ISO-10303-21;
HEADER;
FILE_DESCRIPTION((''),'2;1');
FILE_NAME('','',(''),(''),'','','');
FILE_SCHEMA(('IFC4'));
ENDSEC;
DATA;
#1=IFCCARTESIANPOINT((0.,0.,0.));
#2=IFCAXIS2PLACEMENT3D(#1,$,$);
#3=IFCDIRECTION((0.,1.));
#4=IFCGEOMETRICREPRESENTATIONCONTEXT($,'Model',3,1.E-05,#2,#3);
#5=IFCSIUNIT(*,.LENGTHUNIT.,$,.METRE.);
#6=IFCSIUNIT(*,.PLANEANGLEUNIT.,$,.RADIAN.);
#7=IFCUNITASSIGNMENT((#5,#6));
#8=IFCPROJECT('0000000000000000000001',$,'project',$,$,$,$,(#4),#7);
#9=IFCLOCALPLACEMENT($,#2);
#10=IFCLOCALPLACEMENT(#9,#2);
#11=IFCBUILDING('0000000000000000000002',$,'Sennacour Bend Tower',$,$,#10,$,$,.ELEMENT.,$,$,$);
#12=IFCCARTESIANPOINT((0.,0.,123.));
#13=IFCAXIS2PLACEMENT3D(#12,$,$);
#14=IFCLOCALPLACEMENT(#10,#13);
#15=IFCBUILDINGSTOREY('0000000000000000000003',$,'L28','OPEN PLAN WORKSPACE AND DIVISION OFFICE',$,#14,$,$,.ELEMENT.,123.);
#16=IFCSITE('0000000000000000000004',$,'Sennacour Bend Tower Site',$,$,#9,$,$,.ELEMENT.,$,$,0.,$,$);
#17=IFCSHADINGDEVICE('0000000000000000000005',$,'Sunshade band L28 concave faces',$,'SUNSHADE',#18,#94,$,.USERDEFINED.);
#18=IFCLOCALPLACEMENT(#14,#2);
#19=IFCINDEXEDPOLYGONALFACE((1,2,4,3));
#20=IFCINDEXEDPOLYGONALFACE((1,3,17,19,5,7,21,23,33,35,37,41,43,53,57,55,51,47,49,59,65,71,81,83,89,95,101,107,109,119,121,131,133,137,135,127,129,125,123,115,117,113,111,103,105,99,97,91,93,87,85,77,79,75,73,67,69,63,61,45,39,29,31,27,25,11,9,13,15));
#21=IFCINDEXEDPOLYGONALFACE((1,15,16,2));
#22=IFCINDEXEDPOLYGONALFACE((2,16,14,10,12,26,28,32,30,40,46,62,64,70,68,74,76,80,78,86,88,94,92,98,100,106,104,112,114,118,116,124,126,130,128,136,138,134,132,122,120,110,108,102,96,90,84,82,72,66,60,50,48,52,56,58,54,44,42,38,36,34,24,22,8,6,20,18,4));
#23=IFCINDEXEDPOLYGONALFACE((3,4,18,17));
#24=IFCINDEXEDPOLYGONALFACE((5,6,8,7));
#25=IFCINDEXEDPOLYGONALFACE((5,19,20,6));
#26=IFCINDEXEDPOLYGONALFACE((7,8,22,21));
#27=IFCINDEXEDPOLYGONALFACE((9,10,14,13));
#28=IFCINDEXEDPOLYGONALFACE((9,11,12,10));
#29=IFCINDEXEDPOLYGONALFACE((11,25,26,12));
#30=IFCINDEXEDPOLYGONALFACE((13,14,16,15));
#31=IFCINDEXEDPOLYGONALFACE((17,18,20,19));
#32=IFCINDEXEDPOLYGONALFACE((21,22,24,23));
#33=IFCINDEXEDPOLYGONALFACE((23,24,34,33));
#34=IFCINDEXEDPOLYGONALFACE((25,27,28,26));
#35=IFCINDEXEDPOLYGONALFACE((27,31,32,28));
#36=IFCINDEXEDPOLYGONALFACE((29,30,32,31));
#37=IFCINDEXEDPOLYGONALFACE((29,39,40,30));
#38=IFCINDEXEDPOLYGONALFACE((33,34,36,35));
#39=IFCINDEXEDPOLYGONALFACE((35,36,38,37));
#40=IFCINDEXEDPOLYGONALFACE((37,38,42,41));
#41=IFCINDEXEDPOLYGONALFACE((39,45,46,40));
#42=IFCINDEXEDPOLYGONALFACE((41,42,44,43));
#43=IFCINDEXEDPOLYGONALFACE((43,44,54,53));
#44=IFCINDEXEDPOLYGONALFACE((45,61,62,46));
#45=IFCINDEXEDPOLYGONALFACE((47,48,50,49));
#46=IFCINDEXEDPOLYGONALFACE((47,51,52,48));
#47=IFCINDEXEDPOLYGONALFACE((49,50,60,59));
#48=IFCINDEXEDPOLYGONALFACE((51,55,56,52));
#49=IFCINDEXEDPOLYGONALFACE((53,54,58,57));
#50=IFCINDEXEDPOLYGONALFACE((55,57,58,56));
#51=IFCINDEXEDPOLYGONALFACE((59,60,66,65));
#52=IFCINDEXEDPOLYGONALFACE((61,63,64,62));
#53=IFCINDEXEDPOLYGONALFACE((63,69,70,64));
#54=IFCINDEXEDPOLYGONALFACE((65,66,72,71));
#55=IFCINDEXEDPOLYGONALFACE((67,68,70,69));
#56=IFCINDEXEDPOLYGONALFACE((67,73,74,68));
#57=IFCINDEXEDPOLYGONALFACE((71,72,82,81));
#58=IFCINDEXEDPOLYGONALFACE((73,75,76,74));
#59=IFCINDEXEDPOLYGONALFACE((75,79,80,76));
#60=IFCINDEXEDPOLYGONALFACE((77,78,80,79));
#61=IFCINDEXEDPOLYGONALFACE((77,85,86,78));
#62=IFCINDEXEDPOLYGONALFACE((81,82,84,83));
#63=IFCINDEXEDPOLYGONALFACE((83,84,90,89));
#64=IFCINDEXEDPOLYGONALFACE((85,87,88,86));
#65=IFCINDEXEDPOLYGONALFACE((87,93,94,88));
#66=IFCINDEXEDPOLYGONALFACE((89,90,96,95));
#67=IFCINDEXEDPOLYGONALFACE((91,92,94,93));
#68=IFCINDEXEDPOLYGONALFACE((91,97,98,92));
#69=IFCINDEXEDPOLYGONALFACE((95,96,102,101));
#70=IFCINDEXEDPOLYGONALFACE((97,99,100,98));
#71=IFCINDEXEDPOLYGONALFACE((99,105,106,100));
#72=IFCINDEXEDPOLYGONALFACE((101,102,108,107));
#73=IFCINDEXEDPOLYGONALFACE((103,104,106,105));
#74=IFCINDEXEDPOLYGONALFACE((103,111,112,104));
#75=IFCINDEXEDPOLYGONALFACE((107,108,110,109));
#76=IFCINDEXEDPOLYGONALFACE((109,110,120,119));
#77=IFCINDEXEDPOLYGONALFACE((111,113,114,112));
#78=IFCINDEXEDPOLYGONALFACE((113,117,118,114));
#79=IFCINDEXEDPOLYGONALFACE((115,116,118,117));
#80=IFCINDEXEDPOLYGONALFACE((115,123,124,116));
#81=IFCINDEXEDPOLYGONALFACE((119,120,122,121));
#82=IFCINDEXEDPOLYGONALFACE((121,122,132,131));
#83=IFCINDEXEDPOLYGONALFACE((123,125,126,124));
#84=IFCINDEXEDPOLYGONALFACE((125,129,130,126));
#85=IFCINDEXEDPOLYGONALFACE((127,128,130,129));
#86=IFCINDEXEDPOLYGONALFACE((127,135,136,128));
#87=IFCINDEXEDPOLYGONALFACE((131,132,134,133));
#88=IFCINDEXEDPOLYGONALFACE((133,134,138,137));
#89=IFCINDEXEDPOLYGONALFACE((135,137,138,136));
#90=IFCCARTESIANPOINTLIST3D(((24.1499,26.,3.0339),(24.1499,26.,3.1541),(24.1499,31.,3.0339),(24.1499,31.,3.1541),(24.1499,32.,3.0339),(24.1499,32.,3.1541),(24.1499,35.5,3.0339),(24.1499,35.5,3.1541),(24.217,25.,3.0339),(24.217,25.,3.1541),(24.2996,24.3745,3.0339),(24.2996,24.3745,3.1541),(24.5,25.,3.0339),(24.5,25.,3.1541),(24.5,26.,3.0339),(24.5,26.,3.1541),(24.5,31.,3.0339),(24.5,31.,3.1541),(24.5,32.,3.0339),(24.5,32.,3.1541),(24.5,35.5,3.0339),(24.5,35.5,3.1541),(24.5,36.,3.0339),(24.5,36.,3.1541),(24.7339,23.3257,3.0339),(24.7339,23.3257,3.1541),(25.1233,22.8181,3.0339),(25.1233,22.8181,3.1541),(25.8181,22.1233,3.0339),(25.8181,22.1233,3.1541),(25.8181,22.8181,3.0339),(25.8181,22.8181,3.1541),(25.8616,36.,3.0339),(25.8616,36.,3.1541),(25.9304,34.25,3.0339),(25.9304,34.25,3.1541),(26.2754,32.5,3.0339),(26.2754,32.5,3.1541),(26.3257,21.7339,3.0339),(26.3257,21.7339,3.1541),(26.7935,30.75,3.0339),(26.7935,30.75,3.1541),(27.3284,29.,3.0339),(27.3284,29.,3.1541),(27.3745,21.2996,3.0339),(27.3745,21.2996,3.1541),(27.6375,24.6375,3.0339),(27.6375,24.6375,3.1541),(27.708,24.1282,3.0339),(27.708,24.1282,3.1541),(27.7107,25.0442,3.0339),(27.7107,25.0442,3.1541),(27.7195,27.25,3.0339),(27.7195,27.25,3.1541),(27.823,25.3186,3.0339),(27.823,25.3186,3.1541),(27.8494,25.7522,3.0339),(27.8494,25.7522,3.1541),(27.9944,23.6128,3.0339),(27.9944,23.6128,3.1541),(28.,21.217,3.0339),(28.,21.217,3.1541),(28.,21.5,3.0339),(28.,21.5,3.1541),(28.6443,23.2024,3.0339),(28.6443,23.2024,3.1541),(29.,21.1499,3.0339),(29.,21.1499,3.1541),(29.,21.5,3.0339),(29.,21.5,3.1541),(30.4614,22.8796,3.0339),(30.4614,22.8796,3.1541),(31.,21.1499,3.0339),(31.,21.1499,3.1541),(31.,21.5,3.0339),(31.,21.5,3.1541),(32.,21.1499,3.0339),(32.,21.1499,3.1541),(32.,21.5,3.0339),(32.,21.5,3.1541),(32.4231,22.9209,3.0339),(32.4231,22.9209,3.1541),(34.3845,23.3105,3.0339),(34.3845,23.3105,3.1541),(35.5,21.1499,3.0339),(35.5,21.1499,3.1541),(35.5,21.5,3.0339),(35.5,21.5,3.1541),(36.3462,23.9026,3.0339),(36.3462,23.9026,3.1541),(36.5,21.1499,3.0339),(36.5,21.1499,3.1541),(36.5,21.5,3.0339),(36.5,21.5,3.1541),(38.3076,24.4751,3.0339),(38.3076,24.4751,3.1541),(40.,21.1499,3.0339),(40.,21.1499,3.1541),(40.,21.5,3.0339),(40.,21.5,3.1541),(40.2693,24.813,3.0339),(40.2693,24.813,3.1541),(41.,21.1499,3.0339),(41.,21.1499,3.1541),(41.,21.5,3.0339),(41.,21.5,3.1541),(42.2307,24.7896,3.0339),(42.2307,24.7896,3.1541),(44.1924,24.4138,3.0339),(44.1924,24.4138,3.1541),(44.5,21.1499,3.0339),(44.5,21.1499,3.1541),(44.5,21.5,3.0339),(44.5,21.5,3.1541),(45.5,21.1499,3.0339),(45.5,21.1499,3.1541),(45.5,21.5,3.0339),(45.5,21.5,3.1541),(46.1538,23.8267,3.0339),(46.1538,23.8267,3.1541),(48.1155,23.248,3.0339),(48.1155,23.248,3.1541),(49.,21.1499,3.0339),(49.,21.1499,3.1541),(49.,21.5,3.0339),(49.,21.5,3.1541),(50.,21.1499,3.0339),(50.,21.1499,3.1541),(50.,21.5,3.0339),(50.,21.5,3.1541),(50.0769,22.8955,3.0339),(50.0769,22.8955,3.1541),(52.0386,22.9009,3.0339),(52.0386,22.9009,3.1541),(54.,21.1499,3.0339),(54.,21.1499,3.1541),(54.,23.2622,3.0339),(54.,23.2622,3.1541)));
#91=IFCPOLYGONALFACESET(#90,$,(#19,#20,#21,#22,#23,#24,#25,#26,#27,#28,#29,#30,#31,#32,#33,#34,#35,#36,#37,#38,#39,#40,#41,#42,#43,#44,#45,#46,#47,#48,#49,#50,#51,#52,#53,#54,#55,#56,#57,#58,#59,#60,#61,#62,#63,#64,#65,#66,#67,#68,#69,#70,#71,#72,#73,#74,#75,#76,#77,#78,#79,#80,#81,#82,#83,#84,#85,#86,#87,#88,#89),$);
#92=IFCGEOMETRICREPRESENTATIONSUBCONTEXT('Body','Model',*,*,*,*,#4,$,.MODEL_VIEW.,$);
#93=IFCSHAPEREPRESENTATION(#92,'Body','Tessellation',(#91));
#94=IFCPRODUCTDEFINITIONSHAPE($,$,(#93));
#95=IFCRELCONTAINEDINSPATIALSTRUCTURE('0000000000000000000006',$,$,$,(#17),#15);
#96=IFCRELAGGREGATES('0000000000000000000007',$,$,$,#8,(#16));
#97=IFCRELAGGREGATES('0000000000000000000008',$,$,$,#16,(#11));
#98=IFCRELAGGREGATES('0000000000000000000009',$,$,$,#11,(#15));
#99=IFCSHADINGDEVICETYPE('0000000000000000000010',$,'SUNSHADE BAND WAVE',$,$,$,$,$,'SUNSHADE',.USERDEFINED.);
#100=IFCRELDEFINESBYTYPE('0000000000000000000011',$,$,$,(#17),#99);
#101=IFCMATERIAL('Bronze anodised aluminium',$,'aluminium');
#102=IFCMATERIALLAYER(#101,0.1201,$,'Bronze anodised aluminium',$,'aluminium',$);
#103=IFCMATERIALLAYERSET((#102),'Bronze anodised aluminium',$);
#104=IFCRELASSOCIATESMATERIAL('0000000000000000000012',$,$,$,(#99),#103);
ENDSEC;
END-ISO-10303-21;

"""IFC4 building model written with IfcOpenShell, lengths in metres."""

from ifc_helpers import new_model, si_unit, direction, frame, origin, place, context, subcontext, project, spatial, polyline, outline, extrude, material, layer, layer_set, type_object, element, save


model = new_model("IFC4")

# Units and contexts
model_context = context("Model", 3, precision=1e-05, world=origin(), true_north=direction((0.0, 1.0)))
body_context = subcontext(model_context, "Body", "Model", "MODEL_VIEW")
ifc_project = project(units=[si_unit("LENGTHUNIT", "METRE"), si_unit("PLANEANGLEUNIT", "RADIAN")], contexts=[model_context])

# Site, building, storey
site_placement = place(None, origin())
site = spatial("IfcSite", under=ifc_project, at=site_placement, Name="Sennacour Bend Tower Site", CompositionType="ELEMENT", RefElevation=0.0)
building_placement = place(site_placement, origin())
building = spatial("IfcBuilding", under=site, at=building_placement, Name="Sennacour Bend Tower", CompositionType="ELEMENT")
storey_placement = place(building_placement, frame((0.0, 0.0, 123.0)))
storey = spatial("IfcBuildingStorey", under=building, at=storey_placement, Name="L28", Description="OPEN PLAN WORKSPACE AND DIVISION OFFICE", CompositionType="ELEMENT", Elevation=123.0)

# Shading device
ifc_material_1 = material(Name="Bronze anodised aluminium", Category="aluminium")
ifc_layer_1 = layer(ifc_material_1, 0.1201, Name="Bronze anodised aluminium", Category="aluminium")
ifc_layer_set_1 = layer_set([ifc_layer_1], Name="Bronze anodised aluminium")
shading_device_type_1 = type_object("IfcShadingDeviceType", Name="SUNSHADE BAND WAVE", ElementType="SUNSHADE", PredefinedType="USERDEFINED", material=ifc_layer_set_1)
shading_device_1_placement = place(storey_placement, frame((0.0, 0.0, 3.0339)))
element("IfcShadingDevice", 1, at=shading_device_1_placement, inside=storey, type_object=shading_device_type_1, Name="Sunshade band L28 concave faces", ObjectType="SUNSHADE", PredefinedType="USERDEFINED", context=body_context, shape_type="SweptSolid", body=[
    extrude(outline(polyline([(54.0, 21.1499), (50.0, 21.1499), (50.0, 21.5), (49.0, 21.5), (49.0, 21.1499), (45.5, 21.1499), (45.5, 21.5), (44.5, 21.5), (44.5, 21.1499), (41.0, 21.1499), (41.0, 21.5), (40.0, 21.5), (40.0, 21.1499), (36.5, 21.1499), (36.5, 21.5), (35.5, 21.5), (35.5, 21.1499), (32.0, 21.1499), (32.0, 21.5), (31.0, 21.5), (31.0, 21.1499), (29.0, 21.1499), (29.0, 21.5), (28.0, 21.5), (28.0, 21.217), (27.3745, 21.2996), (26.3257, 21.7339), (25.8181, 22.1233), (25.8181, 22.8181), (25.1233, 22.8181), (24.7339, 23.3257), (24.2996, 24.3745), (24.217, 25.0), (24.5, 25.0), (24.5, 26.0), (24.1499, 26.0), (24.1499, 31.0), (24.5, 31.0), (24.5, 32.0), (24.1499, 32.0), (24.1499, 35.5), (24.5, 35.5), (24.5, 36.0), (25.8616, 36.0), (25.9304, 34.25), (26.2754, 32.5), (26.7935, 30.75), (27.3284, 29.0), (27.7195, 27.25), (27.8494, 25.7522), (27.823, 25.3186), (27.7107, 25.0442), (27.6375, 24.6375), (27.708, 24.1282), (27.9944, 23.6128), (28.6443, 23.2024), (30.4614, 22.8796), (32.4231, 22.9209), (34.3845, 23.3105), (36.3462, 23.9026), (38.3076, 24.4751), (40.2693, 24.813), (42.2307, 24.7896), (44.1924, 24.4138), (46.1538, 23.8267), (48.1155, 23.248), (50.0769, 22.8955), (52.0386, 22.9009), (54.0, 23.2622), (54.0, 21.1499)])), origin(), (0.0, 0.0, 1.0), 0.1201),
])

save(model, "model.ifc")
